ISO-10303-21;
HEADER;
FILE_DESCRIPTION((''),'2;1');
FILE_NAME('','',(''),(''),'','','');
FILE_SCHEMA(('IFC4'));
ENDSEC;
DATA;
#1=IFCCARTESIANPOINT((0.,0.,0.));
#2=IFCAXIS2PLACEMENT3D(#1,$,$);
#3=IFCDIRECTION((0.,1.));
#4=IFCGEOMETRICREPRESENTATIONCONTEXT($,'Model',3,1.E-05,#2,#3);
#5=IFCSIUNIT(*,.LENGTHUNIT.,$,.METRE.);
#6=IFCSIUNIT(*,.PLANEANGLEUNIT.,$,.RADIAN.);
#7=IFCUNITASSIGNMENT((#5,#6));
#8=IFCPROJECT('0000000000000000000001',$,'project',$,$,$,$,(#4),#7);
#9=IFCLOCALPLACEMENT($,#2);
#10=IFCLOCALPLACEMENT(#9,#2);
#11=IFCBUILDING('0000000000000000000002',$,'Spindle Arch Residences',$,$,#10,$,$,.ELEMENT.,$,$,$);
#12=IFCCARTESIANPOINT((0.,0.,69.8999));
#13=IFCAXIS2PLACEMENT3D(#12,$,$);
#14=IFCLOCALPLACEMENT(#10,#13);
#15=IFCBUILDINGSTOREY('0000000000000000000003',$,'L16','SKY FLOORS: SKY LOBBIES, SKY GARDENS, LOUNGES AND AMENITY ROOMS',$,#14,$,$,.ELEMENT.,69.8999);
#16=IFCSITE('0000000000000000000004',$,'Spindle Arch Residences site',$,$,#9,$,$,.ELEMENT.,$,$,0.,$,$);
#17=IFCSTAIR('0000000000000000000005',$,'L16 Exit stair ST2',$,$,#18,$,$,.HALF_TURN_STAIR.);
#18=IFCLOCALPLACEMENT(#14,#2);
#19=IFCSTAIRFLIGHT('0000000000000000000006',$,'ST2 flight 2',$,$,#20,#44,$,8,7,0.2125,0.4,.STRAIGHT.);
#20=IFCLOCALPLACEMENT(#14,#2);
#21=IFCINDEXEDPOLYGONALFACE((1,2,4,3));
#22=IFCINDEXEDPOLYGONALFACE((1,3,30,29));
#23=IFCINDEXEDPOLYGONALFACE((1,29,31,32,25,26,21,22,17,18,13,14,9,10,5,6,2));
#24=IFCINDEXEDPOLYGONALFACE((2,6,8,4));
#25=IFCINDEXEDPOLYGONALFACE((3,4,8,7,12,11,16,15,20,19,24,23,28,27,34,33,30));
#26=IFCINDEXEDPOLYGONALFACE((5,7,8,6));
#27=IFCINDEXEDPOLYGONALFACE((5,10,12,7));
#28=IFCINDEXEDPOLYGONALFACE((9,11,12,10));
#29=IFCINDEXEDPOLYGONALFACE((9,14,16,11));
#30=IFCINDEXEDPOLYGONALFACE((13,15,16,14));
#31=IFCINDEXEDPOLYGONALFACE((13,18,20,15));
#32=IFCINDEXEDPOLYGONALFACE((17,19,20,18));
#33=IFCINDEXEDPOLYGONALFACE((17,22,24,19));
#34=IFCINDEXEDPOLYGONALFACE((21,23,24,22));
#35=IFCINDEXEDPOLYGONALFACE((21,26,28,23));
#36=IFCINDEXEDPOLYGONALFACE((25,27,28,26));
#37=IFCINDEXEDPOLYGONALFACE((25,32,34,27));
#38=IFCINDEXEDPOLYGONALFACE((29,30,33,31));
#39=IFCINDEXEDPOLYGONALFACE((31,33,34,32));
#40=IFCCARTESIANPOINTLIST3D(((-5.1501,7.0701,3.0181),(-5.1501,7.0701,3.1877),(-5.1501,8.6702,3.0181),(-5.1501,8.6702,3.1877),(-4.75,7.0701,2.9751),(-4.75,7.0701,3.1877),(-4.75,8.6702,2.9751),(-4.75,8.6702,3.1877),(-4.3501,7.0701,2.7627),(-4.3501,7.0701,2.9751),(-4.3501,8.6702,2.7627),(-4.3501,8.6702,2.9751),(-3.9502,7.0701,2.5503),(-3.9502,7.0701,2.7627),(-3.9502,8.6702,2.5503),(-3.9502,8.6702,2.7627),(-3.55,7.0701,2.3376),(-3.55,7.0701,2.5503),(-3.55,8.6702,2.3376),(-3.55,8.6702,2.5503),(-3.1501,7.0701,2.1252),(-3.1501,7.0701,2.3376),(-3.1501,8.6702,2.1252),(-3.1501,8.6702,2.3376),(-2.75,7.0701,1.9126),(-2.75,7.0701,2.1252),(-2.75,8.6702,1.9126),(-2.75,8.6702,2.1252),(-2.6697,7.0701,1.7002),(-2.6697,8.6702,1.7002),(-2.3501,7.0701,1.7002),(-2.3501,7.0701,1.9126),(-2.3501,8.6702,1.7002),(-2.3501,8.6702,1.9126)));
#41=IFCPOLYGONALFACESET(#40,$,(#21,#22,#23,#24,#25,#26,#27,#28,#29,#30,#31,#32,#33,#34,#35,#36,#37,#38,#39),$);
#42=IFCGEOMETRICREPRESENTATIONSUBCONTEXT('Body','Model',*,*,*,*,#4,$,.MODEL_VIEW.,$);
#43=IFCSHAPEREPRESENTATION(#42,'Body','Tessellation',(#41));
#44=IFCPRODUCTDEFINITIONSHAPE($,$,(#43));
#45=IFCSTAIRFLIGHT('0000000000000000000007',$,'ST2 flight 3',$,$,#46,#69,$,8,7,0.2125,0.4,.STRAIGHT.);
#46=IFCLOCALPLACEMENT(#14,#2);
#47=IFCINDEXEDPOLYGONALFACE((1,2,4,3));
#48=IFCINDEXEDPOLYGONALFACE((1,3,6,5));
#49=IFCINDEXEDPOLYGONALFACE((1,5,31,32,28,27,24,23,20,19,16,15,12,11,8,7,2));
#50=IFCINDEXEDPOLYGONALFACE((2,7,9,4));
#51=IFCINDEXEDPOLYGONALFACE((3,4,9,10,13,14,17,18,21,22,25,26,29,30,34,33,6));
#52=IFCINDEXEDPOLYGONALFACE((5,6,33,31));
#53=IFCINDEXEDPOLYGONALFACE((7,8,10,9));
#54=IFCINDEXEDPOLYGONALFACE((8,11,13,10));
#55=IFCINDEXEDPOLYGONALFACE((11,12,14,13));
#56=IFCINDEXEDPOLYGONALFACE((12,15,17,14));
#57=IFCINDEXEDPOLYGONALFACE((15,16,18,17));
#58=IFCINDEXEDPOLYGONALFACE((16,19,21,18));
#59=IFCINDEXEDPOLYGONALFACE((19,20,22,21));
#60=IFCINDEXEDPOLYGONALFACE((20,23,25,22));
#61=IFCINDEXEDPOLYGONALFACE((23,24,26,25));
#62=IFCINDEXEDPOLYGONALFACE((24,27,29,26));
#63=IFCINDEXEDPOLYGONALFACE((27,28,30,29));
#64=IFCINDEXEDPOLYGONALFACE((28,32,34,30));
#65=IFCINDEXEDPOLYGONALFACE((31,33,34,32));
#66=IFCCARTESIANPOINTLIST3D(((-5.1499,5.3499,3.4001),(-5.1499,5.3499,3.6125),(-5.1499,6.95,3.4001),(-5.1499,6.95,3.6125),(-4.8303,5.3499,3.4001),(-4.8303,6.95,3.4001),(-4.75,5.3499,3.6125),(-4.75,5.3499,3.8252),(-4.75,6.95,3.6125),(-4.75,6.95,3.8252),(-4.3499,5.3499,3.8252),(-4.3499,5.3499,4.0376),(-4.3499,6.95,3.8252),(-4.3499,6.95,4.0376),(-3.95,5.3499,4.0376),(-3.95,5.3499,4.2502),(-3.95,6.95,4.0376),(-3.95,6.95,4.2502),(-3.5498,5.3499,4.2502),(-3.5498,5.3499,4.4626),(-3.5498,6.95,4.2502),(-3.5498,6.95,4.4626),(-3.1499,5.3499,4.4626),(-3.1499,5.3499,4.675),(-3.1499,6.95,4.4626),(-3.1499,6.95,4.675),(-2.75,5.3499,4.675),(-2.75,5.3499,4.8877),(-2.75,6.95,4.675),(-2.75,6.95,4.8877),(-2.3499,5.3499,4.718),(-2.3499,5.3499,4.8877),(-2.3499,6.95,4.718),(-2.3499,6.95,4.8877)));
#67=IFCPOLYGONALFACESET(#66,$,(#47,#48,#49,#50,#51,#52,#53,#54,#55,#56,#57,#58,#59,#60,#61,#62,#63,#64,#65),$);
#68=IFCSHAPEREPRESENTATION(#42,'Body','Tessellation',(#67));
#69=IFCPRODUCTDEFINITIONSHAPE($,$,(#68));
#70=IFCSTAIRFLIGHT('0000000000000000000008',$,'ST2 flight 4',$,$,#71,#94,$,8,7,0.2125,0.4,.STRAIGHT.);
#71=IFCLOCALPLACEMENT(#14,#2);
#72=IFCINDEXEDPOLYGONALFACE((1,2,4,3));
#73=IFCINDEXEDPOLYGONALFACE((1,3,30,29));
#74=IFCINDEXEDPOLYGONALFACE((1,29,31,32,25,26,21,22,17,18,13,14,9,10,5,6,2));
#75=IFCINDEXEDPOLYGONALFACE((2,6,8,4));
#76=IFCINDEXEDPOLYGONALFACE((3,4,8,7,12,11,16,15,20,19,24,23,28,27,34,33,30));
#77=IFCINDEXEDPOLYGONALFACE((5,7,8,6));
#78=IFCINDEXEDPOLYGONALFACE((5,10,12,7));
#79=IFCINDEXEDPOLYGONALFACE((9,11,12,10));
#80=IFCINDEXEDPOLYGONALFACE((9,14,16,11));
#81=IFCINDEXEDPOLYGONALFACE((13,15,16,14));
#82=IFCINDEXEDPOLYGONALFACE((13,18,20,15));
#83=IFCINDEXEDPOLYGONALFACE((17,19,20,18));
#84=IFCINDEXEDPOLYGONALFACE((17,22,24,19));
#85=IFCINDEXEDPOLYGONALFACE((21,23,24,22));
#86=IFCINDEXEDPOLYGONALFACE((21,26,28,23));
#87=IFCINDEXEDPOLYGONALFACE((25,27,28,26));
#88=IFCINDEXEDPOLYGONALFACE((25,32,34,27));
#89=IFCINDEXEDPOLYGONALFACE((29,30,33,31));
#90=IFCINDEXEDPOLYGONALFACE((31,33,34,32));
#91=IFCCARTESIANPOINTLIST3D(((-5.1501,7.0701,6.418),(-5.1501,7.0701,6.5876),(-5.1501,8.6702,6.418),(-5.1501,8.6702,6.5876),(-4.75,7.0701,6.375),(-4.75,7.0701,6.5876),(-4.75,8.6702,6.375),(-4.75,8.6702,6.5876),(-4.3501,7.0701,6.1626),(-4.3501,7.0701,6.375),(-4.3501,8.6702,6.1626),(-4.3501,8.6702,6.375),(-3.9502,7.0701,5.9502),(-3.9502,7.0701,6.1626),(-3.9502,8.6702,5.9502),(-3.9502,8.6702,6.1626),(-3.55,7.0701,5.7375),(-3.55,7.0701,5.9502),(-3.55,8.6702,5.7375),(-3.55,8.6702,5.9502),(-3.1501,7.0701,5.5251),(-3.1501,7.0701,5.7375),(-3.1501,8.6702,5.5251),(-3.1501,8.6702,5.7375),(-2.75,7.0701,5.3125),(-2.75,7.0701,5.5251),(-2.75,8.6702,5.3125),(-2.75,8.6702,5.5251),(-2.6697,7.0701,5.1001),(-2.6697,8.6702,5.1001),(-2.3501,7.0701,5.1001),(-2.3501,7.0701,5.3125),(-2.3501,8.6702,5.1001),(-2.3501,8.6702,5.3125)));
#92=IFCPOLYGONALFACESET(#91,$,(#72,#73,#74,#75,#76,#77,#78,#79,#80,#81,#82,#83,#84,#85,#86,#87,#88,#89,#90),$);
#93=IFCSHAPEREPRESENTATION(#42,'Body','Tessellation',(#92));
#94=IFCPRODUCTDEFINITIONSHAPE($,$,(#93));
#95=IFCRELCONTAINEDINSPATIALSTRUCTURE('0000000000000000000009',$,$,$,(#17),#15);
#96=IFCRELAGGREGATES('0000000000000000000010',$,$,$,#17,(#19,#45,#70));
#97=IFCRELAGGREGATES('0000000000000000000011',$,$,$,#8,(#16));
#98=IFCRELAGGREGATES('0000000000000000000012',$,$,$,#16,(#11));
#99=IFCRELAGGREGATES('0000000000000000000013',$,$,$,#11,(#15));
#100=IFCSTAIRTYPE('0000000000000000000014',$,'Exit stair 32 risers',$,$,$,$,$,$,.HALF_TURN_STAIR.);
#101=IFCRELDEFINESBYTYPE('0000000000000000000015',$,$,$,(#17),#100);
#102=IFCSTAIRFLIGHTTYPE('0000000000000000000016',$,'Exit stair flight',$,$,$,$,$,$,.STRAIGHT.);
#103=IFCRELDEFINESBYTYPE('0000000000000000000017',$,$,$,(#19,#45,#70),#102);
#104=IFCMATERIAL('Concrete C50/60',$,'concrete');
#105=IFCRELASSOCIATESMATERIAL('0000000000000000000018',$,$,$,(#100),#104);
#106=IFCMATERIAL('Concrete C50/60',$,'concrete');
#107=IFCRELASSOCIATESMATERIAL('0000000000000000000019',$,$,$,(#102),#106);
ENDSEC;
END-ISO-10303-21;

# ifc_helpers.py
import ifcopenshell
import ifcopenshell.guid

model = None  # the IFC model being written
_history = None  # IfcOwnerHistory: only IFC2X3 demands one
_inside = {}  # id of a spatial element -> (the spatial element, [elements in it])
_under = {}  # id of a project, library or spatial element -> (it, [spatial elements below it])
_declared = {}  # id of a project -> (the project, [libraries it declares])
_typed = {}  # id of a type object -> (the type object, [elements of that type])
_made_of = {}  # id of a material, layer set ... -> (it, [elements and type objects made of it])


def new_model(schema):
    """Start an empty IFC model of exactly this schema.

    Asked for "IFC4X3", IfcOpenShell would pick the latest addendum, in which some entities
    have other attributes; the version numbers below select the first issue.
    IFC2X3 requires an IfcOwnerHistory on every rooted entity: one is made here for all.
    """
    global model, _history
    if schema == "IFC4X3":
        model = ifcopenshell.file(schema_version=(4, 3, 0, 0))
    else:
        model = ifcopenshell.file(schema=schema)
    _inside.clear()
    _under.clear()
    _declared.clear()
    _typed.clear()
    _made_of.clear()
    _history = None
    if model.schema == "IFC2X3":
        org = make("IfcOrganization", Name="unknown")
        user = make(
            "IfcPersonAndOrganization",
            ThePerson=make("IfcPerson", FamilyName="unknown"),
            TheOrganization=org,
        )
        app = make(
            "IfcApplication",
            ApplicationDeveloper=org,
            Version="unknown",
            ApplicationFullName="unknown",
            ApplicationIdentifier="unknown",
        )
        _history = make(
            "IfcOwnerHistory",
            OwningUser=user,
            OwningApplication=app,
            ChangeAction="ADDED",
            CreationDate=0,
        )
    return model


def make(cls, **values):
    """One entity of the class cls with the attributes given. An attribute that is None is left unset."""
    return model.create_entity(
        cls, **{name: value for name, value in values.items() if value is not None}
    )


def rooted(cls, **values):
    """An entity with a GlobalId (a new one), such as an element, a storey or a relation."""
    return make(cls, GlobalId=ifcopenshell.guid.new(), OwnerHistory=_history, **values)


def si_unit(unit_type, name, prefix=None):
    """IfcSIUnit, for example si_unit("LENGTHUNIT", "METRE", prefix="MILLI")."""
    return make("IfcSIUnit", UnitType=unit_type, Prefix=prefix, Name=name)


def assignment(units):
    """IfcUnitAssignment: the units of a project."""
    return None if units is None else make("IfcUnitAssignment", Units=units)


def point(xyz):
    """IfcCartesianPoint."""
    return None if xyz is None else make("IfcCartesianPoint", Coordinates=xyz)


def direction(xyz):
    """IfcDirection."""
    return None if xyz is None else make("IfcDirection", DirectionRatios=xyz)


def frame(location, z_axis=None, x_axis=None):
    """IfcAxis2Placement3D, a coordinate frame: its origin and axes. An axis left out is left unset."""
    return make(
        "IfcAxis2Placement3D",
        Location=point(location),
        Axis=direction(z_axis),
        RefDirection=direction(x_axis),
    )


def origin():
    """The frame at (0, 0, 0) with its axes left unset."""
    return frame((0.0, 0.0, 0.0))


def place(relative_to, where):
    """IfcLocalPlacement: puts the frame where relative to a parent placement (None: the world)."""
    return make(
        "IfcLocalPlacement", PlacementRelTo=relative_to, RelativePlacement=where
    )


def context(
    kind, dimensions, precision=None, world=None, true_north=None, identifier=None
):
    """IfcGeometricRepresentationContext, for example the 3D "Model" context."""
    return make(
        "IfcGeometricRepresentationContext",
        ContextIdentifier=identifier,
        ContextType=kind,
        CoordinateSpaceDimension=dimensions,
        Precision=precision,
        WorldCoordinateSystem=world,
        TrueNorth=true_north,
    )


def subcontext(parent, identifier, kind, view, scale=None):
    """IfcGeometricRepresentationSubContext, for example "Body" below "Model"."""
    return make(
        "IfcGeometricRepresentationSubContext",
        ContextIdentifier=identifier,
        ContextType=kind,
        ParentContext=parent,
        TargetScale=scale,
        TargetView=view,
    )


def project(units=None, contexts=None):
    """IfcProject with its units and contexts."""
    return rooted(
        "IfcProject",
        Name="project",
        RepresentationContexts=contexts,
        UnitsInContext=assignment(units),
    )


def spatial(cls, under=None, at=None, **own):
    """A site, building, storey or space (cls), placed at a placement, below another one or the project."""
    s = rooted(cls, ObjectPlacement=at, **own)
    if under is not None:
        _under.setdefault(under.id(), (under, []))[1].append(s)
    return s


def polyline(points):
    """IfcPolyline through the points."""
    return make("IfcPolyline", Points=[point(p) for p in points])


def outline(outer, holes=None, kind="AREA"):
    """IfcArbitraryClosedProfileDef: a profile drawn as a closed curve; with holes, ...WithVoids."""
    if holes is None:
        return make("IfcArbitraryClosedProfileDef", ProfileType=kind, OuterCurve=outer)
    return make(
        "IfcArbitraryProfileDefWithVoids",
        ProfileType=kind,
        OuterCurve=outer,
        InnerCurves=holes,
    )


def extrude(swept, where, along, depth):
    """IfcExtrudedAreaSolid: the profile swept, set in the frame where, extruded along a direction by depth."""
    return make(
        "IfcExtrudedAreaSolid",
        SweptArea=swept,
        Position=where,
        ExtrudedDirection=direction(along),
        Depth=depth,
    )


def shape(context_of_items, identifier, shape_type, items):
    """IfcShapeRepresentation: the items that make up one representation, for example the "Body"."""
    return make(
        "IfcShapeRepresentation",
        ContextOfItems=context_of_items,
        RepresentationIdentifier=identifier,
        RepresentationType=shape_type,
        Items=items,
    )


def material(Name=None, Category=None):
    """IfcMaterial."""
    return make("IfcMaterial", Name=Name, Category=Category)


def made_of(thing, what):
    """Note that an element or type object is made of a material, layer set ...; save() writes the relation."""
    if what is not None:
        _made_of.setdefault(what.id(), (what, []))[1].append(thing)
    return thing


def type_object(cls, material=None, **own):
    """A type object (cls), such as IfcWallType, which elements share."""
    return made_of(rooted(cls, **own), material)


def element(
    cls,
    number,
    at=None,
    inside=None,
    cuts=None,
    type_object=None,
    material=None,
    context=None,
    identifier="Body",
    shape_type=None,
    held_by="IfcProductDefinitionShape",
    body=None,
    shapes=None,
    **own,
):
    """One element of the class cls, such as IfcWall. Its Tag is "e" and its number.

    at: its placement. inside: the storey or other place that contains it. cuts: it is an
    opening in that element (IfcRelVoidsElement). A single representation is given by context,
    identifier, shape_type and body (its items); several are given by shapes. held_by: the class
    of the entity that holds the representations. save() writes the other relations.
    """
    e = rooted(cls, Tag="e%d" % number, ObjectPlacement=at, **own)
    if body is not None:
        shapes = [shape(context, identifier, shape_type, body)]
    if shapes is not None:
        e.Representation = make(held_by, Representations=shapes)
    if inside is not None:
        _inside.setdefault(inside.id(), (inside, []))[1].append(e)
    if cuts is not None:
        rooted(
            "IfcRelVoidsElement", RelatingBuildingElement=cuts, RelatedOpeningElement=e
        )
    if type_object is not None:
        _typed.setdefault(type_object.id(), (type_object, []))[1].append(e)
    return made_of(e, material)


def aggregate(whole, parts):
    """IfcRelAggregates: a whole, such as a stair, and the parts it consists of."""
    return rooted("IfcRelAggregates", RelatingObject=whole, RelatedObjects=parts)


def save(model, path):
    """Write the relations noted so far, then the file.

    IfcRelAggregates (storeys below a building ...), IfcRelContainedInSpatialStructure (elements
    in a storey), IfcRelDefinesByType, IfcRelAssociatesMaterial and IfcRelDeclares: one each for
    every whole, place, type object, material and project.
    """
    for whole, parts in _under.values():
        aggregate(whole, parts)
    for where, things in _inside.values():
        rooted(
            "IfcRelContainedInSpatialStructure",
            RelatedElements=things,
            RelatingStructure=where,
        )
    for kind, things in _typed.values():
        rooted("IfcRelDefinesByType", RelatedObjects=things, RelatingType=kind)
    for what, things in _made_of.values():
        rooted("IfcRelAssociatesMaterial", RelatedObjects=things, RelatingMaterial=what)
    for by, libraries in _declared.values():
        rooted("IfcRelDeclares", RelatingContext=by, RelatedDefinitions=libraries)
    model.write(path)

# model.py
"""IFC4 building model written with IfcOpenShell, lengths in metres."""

from ifc_helpers import new_model, si_unit, direction, frame, origin, place, context, subcontext, project, spatial, polyline, outline, extrude, material, type_object, element, aggregate, save


model = new_model("IFC4")

# Units and contexts
model_context = context("Model", 3, precision=1e-05, world=origin(), true_north=direction((0.0, 1.0)))
body_context = subcontext(model_context, "Body", "Model", "MODEL_VIEW")
ifc_project = project(units=[si_unit("LENGTHUNIT", "METRE"), si_unit("PLANEANGLEUNIT", "RADIAN")], contexts=[model_context])

# Site, building, storey
site_placement = place(None, origin())
site = spatial("IfcSite", under=ifc_project, at=site_placement, Name="Spindle Arch Residences site", CompositionType="ELEMENT", RefElevation=0.0)
building_placement = place(site_placement, origin())
building = spatial("IfcBuilding", under=site, at=building_placement, Name="Spindle Arch Residences", CompositionType="ELEMENT")
storey_placement = place(building_placement, frame((0.0, 0.0, 69.8999)))
storey = spatial("IfcBuildingStorey", under=building, at=storey_placement, Name="L16", Description="SKY FLOORS: SKY LOBBIES, SKY GARDENS, LOUNGES AND AMENITY ROOMS", CompositionType="ELEMENT", Elevation=69.8999)

# Shared definitions
ifc_material_1 = material(Name="Concrete C50/60", Category="concrete")
stair_type = type_object("IfcStairType", Name="Exit stair 32 risers", PredefinedType="HALF_TURN_STAIR", material=ifc_material_1)

# Stair, stair flights
stair_1_placement = place(storey_placement, origin())
stair_1 = element("IfcStair", 1, at=stair_1_placement, inside=storey, type_object=stair_type, Name="L16 Exit stair ST2", PredefinedType="HALF_TURN_STAIR")
ifc_material_2 = material(Name="Concrete C50/60", Category="concrete")
stair_flight_type = type_object("IfcStairFlightType", Name="Exit stair flight", PredefinedType="STRAIGHT", material=ifc_material_2)
stair_flight_1_placement = place(storey_placement, frame((-2.3501, 7.8701, 1.7002), z_axis=(0.0, 0.0, 1.0), x_axis=(-1.0, 0.0, 0.0)))
stair_flight_1 = element("IfcStairFlight", 2, at=stair_flight_1_placement, type_object=stair_flight_type, Name="ST2 flight 2", NumberOfRisers=8, NumberOfTreads=7, PredefinedType="STRAIGHT", RiserHeight=0.2125, TreadLength=0.4, context=body_context, shape_type="SweptSolid", body=[
    extrude(outline(polyline([(0.0, 0.0), (0.0, 0.2124), (0.3999, 0.2124), (0.3999, 0.425), (0.8, 0.425), (0.8, 0.6375), (1.2, 0.6375), (1.2, 0.8501), (1.6001, 0.8501), (1.6001, 1.0625), (2.0, 1.0625), (2.0, 1.2749), (2.3999, 1.2749), (2.3999, 1.4875), (2.8, 1.4875), (2.8, 1.7), (2.8, 1.3179), (0.3196, 0.0), (0.0, 0.0)])), frame((0.0, 0.8, 0.0), z_axis=(0.0, -1.0, 0.0), x_axis=(1.0, 0.0, 0.0)), (0.0, 0.0, 1.0), 1.6001),
])
stair_flight_2_placement = place(storey_placement, frame((-5.1499, 6.1499, 3.4001), z_axis=(0.0, 0.0, 1.0), x_axis=(1.0, 0.0, 0.0)))
stair_flight_2 = element("IfcStairFlight", 3, at=stair_flight_2_placement, type_object=stair_flight_type, Name="ST2 flight 3", NumberOfRisers=8, NumberOfTreads=7, PredefinedType="STRAIGHT", RiserHeight=0.2125, TreadLength=0.4, context=body_context, shape_type="SweptSolid", body=[
    extrude(outline(polyline([(0.0, 0.0), (0.0, 0.2124), (0.3999, 0.2124), (0.3999, 0.425), (0.8, 0.425), (0.8, 0.6375), (1.2, 0.6375), (1.2, 0.8501), (1.6001, 0.8501), (1.6001, 1.0625), (2.0, 1.0625), (2.0, 1.2749), (2.3999, 1.2749), (2.3999, 1.4875), (2.8, 1.4875), (2.8, 1.7), (2.8, 1.3179), (0.3196, 0.0), (0.0, 0.0)])), frame((0.0, 0.8, 0.0), z_axis=(0.0, -1.0, 0.0), x_axis=(1.0, 0.0, 0.0)), (0.0, 0.0, 1.0), 1.6001),
])
stair_flight_3_placement = place(storey_placement, frame((-2.3501, 7.8701, 5.1001), z_axis=(0.0, 0.0, 1.0), x_axis=(-1.0, 0.0, 0.0)))
stair_flight_3 = element("IfcStairFlight", 4, at=stair_flight_3_placement, type_object=stair_flight_type, Name="ST2 flight 4", NumberOfRisers=8, NumberOfTreads=7, PredefinedType="STRAIGHT", RiserHeight=0.2125, TreadLength=0.4, context=body_context, shape_type="SweptSolid", body=[
    extrude(outline(polyline([(0.0, 0.0), (0.0, 0.2124), (0.3999, 0.2124), (0.3999, 0.425), (0.8, 0.425), (0.8, 0.6375), (1.2, 0.6375), (1.2, 0.8501), (1.6001, 0.8501), (1.6001, 1.0625), (2.0, 1.0625), (2.0, 1.2749), (2.3999, 1.2749), (2.3999, 1.4875), (2.8, 1.4875), (2.8, 1.7), (2.8, 1.3179), (0.3196, 0.0), (0.0, 0.0)])), frame((0.0, 0.8, 0.0), z_axis=(0.0, -1.0, 0.0), x_axis=(1.0, 0.0, 0.0)), (0.0, 0.0, 1.0), 1.6001),
])
aggregate(stair_1, [stair_flight_1, stair_flight_2, stair_flight_3])

save(model, "model.ifc")
